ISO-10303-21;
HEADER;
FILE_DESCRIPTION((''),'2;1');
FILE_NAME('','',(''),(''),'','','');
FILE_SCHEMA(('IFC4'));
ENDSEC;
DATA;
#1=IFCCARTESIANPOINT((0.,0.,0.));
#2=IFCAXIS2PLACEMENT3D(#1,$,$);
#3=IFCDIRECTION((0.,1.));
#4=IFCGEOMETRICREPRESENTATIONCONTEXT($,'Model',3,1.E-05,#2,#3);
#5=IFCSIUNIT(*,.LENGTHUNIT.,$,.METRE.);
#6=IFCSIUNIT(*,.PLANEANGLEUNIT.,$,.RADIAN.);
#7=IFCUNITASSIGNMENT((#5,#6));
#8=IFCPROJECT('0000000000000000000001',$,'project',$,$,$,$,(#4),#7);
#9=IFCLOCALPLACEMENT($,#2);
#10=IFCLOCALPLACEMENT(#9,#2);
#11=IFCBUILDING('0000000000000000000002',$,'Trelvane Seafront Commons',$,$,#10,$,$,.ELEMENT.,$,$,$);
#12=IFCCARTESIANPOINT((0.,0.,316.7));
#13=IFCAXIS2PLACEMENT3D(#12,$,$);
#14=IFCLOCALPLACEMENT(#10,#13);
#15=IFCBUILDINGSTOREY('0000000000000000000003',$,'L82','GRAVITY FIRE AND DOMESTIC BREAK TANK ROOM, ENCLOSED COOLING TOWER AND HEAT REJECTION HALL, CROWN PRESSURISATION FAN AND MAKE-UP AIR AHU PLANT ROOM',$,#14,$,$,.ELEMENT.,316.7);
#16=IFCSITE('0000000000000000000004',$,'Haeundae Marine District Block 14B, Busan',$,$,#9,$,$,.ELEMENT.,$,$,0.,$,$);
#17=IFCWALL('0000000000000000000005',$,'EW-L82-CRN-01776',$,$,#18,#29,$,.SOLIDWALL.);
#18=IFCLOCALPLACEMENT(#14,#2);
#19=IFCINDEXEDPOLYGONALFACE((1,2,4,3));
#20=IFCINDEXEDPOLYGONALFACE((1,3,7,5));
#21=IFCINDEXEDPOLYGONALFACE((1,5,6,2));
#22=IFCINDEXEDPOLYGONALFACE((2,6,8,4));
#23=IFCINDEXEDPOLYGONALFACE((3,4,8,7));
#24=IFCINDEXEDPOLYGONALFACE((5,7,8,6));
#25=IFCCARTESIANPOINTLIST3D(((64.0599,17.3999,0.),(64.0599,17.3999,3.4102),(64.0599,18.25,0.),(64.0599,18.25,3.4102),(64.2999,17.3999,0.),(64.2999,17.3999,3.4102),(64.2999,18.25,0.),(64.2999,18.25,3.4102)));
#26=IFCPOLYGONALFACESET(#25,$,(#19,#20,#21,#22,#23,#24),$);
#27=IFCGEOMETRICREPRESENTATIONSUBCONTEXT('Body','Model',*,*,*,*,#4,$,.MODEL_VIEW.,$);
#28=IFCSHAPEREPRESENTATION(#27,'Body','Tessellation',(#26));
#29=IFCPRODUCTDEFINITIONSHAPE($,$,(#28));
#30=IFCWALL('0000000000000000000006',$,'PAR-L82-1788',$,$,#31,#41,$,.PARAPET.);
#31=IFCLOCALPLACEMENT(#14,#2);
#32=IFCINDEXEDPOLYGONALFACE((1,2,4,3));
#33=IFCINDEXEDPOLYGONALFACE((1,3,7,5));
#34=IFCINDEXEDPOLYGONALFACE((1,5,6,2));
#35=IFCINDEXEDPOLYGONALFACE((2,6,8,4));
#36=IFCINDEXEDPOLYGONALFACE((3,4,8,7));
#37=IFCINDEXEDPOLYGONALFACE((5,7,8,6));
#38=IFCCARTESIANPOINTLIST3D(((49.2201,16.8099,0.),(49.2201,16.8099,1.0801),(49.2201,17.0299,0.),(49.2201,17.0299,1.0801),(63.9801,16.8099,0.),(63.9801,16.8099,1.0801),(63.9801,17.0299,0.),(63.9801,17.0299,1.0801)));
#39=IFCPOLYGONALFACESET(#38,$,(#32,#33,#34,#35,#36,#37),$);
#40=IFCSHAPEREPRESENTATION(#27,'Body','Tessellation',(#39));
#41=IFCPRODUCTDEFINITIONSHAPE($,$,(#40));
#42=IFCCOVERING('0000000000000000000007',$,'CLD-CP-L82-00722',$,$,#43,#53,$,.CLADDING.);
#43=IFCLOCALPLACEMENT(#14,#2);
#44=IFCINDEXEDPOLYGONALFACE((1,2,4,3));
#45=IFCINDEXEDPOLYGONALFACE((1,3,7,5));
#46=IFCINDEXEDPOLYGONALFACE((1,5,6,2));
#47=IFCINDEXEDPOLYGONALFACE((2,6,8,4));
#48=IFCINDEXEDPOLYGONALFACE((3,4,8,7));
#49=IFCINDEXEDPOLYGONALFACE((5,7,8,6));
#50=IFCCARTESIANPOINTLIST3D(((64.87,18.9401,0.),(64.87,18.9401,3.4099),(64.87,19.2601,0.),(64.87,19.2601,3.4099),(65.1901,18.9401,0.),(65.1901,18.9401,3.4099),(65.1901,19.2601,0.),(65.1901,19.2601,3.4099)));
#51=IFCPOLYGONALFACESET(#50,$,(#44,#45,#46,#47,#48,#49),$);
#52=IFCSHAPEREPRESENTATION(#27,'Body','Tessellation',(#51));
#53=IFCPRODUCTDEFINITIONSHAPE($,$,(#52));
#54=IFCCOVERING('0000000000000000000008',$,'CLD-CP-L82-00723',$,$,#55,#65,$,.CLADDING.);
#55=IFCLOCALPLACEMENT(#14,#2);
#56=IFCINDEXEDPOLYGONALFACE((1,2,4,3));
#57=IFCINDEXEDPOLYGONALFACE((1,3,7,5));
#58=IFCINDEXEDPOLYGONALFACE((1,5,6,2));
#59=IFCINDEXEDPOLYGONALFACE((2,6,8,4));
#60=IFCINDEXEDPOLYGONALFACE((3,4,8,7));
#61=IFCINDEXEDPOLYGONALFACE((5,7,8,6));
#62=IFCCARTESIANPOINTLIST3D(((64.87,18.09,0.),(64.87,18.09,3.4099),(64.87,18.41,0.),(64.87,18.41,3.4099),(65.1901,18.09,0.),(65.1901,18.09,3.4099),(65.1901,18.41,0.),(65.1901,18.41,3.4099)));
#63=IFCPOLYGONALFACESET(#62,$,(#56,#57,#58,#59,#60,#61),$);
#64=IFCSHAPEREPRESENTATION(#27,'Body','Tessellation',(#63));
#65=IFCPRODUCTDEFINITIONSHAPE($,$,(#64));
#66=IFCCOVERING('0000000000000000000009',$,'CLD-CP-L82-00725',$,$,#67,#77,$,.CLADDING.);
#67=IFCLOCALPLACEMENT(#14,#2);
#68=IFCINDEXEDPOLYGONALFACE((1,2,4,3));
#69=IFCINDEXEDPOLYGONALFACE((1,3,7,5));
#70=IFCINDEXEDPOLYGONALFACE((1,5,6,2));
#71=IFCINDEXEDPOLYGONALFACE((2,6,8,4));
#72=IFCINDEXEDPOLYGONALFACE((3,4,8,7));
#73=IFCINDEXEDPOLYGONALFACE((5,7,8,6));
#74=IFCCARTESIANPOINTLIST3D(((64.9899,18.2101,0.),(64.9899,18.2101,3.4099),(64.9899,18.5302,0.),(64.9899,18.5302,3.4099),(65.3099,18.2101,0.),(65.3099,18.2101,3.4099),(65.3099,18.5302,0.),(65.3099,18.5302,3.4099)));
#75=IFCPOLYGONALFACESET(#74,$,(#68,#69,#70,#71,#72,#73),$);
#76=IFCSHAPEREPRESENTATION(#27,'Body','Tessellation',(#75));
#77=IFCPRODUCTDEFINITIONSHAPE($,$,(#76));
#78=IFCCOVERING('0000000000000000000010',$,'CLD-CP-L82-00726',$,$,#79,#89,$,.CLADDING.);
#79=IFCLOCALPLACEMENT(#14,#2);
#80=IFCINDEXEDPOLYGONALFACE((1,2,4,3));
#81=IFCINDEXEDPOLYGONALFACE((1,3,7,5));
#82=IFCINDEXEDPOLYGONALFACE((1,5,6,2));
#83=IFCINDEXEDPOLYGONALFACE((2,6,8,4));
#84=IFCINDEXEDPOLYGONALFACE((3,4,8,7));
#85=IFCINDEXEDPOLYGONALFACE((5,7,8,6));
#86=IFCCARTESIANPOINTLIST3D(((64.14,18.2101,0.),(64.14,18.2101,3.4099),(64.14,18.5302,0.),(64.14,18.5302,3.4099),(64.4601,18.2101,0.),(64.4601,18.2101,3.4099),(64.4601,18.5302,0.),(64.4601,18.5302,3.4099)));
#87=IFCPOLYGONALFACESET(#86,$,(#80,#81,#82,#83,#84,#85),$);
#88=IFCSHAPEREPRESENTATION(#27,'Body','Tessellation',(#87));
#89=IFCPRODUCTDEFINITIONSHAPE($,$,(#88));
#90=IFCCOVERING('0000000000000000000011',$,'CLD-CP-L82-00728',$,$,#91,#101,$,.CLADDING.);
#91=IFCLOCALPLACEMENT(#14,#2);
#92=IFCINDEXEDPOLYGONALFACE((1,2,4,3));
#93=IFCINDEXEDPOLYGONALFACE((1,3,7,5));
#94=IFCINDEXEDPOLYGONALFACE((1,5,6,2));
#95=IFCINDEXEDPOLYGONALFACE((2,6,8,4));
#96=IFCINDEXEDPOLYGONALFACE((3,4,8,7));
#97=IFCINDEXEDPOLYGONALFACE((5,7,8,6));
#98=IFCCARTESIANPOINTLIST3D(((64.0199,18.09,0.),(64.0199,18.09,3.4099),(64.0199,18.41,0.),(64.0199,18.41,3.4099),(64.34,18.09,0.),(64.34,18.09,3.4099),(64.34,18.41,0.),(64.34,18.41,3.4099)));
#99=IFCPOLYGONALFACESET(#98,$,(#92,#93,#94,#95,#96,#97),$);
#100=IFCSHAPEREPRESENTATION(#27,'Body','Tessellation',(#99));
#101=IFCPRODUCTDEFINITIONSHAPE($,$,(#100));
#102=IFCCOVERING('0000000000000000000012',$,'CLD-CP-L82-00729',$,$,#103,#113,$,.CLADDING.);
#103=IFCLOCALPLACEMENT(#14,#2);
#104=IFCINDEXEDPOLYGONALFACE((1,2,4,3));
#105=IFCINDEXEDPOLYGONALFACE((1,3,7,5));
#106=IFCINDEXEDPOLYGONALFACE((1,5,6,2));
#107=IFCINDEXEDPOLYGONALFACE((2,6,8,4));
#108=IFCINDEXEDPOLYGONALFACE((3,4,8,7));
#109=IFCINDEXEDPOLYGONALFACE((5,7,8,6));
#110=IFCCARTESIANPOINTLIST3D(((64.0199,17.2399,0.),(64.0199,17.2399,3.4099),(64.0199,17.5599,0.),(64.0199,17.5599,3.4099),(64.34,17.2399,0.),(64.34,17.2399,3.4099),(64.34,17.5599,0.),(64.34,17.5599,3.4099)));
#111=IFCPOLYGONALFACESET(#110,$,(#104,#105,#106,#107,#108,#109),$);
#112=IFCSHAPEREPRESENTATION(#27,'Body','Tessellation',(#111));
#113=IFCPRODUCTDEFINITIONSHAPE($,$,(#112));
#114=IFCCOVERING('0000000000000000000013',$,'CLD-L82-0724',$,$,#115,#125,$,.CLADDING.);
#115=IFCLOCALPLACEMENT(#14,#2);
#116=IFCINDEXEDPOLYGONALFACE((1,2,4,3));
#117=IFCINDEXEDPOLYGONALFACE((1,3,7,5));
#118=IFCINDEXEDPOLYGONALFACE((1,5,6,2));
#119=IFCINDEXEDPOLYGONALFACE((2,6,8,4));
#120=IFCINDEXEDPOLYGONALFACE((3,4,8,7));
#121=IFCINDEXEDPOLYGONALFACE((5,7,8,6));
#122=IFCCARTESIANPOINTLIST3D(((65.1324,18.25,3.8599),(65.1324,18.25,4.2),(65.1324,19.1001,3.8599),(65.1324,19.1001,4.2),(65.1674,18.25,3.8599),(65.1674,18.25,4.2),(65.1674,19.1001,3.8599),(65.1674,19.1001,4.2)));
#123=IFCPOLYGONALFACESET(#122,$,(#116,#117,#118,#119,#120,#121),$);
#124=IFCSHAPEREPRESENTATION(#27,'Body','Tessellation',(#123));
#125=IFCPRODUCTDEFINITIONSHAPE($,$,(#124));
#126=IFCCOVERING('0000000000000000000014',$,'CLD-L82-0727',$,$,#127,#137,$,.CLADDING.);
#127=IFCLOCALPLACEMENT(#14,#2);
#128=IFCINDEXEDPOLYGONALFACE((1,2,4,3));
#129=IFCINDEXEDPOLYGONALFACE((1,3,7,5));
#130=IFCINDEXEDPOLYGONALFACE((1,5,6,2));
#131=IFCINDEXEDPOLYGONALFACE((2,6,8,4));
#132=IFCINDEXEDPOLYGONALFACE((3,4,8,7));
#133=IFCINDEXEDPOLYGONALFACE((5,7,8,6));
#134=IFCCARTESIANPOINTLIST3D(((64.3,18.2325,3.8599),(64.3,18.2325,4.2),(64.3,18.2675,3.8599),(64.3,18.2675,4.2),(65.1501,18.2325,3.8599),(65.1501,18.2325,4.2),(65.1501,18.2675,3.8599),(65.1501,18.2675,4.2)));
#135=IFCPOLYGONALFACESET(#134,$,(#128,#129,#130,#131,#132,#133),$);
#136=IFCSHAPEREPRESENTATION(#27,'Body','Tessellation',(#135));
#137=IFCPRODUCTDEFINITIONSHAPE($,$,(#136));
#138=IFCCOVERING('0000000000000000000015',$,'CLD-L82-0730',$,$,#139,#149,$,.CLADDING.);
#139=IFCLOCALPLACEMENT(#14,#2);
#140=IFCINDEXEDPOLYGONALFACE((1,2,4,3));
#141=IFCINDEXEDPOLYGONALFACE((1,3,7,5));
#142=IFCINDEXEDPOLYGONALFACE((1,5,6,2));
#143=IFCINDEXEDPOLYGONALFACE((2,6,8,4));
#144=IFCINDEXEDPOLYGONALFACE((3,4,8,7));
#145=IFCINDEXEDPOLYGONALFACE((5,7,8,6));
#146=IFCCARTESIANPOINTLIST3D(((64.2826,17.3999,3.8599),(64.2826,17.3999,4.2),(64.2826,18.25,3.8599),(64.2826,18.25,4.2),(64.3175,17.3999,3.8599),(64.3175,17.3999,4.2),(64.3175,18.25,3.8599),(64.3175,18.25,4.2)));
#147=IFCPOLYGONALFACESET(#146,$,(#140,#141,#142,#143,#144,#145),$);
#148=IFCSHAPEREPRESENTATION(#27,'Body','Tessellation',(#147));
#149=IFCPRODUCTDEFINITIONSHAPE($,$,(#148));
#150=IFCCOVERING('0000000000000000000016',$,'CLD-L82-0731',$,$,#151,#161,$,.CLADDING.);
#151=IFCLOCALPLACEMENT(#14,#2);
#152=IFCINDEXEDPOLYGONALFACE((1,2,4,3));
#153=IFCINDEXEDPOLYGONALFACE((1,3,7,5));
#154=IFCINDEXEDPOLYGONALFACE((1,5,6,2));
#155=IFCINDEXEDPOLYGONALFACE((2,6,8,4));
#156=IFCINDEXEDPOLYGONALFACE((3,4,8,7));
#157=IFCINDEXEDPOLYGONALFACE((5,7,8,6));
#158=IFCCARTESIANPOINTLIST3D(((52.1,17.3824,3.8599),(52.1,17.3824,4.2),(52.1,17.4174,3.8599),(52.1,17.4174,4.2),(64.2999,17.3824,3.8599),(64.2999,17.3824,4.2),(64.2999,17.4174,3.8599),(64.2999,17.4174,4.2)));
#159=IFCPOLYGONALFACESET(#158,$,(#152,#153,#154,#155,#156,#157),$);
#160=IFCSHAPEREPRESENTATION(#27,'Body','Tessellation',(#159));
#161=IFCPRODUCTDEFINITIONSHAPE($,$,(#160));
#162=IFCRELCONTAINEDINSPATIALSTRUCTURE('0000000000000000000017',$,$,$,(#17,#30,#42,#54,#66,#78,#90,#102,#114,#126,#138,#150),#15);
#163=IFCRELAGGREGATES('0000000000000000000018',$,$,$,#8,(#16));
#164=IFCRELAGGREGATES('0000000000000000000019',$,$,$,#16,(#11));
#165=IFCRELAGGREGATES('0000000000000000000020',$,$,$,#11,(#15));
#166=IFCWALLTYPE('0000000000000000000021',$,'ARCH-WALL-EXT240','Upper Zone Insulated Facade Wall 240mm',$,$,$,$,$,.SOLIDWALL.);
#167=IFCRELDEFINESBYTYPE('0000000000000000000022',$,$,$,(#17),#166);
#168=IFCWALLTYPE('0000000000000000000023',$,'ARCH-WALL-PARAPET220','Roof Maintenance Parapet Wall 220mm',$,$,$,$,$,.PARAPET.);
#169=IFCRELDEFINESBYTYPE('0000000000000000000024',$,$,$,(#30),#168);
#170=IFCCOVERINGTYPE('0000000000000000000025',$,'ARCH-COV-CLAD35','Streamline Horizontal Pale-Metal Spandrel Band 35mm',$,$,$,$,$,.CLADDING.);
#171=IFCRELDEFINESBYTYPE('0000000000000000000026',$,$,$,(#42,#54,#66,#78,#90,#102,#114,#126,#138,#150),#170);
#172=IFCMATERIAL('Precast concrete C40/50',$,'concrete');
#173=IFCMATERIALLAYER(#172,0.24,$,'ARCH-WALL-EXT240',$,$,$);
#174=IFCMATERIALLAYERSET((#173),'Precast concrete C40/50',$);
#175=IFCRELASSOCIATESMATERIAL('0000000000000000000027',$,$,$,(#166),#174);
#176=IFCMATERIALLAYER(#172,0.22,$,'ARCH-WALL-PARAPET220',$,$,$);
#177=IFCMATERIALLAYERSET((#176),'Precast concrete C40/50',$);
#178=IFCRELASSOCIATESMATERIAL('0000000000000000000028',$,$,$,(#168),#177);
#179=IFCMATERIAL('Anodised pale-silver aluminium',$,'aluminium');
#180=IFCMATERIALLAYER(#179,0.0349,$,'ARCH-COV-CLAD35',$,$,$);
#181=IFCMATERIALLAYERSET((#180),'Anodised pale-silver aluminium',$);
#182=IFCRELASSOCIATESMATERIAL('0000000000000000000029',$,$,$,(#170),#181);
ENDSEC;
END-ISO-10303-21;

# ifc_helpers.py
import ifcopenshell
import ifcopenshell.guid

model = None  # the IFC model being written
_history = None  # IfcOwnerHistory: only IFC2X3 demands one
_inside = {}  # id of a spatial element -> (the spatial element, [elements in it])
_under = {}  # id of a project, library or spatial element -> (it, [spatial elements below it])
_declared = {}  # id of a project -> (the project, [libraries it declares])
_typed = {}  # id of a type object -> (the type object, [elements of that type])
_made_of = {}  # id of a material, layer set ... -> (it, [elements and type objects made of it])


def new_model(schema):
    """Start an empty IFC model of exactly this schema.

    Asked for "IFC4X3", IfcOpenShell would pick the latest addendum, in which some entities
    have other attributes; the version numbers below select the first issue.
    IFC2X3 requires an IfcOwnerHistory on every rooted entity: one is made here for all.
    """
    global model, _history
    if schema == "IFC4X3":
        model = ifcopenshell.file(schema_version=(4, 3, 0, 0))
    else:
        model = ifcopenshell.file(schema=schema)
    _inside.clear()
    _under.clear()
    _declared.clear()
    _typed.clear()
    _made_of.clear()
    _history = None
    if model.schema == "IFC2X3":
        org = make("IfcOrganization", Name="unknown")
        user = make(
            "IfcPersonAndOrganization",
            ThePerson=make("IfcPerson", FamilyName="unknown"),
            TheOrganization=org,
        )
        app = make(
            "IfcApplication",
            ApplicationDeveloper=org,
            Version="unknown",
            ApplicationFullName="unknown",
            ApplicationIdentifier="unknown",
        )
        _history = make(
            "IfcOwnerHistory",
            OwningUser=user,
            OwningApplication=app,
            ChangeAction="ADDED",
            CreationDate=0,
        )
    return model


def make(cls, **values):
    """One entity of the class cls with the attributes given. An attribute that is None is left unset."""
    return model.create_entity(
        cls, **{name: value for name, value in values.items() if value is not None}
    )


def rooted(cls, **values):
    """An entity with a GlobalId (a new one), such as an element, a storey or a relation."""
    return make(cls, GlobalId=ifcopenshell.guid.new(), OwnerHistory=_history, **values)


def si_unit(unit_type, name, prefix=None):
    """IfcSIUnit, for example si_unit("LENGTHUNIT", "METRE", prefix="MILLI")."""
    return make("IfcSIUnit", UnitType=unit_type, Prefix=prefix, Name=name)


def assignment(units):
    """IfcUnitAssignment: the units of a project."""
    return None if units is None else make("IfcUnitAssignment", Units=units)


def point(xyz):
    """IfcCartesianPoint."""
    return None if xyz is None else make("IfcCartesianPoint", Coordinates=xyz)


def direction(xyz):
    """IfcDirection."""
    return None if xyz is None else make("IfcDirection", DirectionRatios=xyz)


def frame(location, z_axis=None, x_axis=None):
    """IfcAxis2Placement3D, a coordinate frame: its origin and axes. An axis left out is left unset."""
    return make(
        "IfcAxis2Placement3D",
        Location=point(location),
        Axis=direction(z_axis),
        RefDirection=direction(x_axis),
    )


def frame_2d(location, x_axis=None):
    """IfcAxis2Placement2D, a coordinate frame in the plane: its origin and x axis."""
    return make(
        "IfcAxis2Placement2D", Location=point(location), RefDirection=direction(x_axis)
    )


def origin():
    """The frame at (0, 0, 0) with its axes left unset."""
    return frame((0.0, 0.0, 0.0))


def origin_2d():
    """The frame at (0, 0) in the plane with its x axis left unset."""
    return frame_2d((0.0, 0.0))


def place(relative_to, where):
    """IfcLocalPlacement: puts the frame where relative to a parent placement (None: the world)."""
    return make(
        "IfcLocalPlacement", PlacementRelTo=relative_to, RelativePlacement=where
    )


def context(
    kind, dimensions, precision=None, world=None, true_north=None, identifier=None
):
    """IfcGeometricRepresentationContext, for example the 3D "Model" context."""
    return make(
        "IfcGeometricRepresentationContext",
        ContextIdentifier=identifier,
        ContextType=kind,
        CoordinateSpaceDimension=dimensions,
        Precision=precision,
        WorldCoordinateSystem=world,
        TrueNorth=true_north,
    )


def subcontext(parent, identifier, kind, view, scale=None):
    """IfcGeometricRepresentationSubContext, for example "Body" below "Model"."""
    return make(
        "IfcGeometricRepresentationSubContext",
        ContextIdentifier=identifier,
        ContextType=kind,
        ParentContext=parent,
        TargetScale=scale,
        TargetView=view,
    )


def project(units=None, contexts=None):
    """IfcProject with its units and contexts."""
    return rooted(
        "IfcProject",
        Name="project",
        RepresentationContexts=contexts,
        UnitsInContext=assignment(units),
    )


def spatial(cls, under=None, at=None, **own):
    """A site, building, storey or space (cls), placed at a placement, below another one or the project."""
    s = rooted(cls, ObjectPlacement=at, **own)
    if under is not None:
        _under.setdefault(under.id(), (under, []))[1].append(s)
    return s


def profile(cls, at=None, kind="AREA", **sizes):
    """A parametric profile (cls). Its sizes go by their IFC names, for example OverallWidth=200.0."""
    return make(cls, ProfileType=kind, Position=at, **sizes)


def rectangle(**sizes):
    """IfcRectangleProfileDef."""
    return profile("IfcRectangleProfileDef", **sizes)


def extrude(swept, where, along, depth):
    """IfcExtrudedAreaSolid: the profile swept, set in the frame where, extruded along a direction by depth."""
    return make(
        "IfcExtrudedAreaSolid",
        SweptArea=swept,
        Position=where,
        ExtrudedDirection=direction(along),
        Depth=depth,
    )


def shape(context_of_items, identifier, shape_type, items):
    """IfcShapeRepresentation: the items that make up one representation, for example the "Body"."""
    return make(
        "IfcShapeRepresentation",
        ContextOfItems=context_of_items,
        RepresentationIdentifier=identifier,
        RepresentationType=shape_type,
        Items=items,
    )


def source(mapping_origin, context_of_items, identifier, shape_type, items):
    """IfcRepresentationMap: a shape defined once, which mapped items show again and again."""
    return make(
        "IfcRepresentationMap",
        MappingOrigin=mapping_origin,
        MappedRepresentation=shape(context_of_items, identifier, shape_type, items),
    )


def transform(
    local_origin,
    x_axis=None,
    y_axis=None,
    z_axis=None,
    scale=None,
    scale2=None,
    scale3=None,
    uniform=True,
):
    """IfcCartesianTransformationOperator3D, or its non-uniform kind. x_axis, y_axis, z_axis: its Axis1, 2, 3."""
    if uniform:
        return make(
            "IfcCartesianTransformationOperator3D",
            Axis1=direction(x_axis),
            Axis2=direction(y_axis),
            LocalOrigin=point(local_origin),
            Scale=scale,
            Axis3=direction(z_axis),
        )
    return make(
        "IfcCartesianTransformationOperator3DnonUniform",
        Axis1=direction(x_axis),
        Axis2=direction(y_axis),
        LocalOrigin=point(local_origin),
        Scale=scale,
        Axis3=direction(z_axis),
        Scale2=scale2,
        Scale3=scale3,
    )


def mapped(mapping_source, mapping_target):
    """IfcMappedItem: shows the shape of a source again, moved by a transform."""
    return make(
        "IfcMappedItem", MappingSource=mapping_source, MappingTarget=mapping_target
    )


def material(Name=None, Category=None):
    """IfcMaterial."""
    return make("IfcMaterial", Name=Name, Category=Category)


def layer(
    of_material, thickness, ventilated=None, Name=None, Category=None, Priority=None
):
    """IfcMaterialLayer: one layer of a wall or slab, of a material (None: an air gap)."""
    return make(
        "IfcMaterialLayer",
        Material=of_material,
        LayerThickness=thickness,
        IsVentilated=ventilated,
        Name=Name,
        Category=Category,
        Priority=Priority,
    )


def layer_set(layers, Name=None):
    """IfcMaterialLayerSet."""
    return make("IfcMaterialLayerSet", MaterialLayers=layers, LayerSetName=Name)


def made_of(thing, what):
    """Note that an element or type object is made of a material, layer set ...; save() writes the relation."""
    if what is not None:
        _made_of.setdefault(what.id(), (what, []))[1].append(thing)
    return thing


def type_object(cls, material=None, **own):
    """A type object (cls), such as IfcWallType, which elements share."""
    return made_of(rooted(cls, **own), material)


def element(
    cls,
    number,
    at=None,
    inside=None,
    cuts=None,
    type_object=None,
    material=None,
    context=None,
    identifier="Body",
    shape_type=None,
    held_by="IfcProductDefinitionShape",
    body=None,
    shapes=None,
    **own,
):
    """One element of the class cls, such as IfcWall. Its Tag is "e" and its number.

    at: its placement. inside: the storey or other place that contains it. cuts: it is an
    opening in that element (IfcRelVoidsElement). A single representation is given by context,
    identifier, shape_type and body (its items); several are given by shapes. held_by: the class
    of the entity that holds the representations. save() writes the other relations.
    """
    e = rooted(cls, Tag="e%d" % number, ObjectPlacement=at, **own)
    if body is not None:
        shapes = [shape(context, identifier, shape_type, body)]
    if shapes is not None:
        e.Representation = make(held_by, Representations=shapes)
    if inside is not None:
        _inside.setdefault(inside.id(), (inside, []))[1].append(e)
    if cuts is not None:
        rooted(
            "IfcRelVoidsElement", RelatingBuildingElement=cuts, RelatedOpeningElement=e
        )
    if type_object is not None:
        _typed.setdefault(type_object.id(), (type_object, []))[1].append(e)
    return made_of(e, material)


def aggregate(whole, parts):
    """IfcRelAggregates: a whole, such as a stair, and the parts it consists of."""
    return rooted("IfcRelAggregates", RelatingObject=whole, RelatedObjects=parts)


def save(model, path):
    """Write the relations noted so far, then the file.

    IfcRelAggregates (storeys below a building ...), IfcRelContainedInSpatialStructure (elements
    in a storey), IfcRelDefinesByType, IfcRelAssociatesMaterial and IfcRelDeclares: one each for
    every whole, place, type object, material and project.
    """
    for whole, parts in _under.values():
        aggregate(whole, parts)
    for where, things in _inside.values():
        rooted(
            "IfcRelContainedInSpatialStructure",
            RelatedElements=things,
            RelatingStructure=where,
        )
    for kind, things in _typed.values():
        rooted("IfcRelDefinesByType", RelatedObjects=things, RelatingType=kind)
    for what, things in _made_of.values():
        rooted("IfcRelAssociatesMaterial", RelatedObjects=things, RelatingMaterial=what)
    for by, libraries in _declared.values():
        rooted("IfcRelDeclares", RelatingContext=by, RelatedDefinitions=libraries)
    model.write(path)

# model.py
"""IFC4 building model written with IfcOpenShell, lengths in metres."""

from ifc_helpers import new_model, si_unit, direction, frame, frame_2d, origin, origin_2d, place, context, subcontext, project, spatial, rectangle, extrude, source, transform, mapped, material, layer, layer_set, type_object, element, save


model = new_model("IFC4")

# Units and contexts
model_context = context("Model", 3, precision=1e-05, world=origin(), true_north=direction((0.0, 1.0)))
body_context = subcontext(model_context, "Body", "Model", "MODEL_VIEW")
ifc_project = project(units=[si_unit("LENGTHUNIT", "METRE"), si_unit("PLANEANGLEUNIT", "RADIAN")], contexts=[model_context])

# Site, building, storey
site_placement = place(None, origin())
site = spatial("IfcSite", under=ifc_project, at=site_placement, Name="Haeundae Marine District Block 14B, Busan", CompositionType="ELEMENT", RefElevation=0.0)
building_placement = place(site_placement, origin())
building = spatial("IfcBuilding", under=site, at=building_placement, Name="Trelvane Seafront Commons", CompositionType="ELEMENT")
storey_placement = place(building_placement, frame((0.0, 0.0, 316.7)))
storey = spatial("IfcBuildingStorey", under=building, at=storey_placement, Name="L82", Description="GRAVITY FIRE AND DOMESTIC BREAK TANK ROOM, ENCLOSED COOLING TOWER AND HEAT REJECTION HALL, CROWN PRESSURISATION FAN AND MAKE-UP AIR AHU PLANT ROOM", CompositionType="ELEMENT", Elevation=316.7)

# Shared definitions
ifc_material_1 = material(Name="Anodised pale-silver aluminium", Category="aluminium")

# Walls
ifc_material_2 = material(Name="Precast concrete C40/50", Category="concrete")
ifc_layer_1 = layer(ifc_material_2, 0.24, Name="ARCH-WALL-EXT240")
ifc_layer_set_1 = layer_set([ifc_layer_1], Name="Precast concrete C40/50")
wall_type_1 = type_object("IfcWallType", Name="ARCH-WALL-EXT240", Description="Upper Zone Insulated Facade Wall 240mm", PredefinedType="SOLIDWALL", material=ifc_layer_set_1)
wall_1_placement = place(storey_placement, frame((64.1799, 18.25, 0.0), z_axis=(0.0, 0.0, 1.0), x_axis=(0.0, -1.0, 0.0)))
element("IfcWall", 1, at=wall_1_placement, inside=storey, type_object=wall_type_1, Name="EW-L82-CRN-01776", PredefinedType="SOLIDWALL", context=body_context, shape_type="SweptSolid", body=[
    extrude(rectangle(XDim=0.8501, YDim=0.24, at=frame_2d((0.425, 0.0))), origin(), (0.0, 0.0, 1.0), 3.4102),
])
ifc_layer_2 = layer(ifc_material_2, 0.22, Name="ARCH-WALL-PARAPET220")
ifc_layer_set_2 = layer_set([ifc_layer_2], Name="Precast concrete C40/50")
wall_type_2 = type_object("IfcWallType", Name="ARCH-WALL-PARAPET220", Description="Roof Maintenance Parapet Wall 220mm", PredefinedType="PARAPET", material=ifc_layer_set_2)
wall_2_placement = place(storey_placement, frame((63.98, 16.9199, 0.0), z_axis=(0.0, 0.0, 1.0), x_axis=(-1.0, 0.0, 0.0)))
element("IfcWall", 2, at=wall_2_placement, inside=storey, type_object=wall_type_2, Name="PAR-L82-1788", PredefinedType="PARAPET", context=body_context, shape_type="SweptSolid", body=[
    extrude(rectangle(XDim=14.76, YDim=0.22, at=frame_2d((7.3799, 0.0))), origin(), (0.0, 0.0, 1.0), 1.0801),
])

# Coverings
ifc_layer_3 = layer(ifc_material_1, 0.0349, Name="ARCH-COV-CLAD35")
ifc_layer_set_3 = layer_set([ifc_layer_3], Name="Anodised pale-silver aluminium")
covering_type = type_object("IfcCoveringType", Name="ARCH-COV-CLAD35", Description="Streamline Horizontal Pale-Metal Spandrel Band 35mm", PredefinedType="CLADDING", material=ifc_layer_set_3)
shared_shape_1 = source(origin(), body_context, "Body", "SweptSolid", [
    extrude(rectangle(XDim=0.3201, YDim=0.3201, at=origin_2d()), origin(), (0.0, 0.0, 1.0), 3.4099),
])
for number, where, z_axis, x_axis, name in (
    (3, (65.03, 19.1001, 0.0), (0.0, 0.0, 1.0), (1.0, 0.0, 0.0), "CLD-CP-L82-00722"),
    (4, (65.03, 18.25, 0.0), (0.0, 0.0, 1.0), (1.0, 0.0, 0.0), "CLD-CP-L82-00723"),
    (5, (65.1499, 18.3701, 0.0), (0.0, 0.0, 1.0), (1.0, 0.0, 0.0), "CLD-CP-L82-00725"),
    (6, (64.3, 18.3701, 0.0), (0.0, 0.0, 1.0), (1.0, 0.0, 0.0), "CLD-CP-L82-00726"),
    (7, (64.1799, 18.25, 0.0), (0.0, 0.0, 1.0), (1.0, 0.0, 0.0), "CLD-CP-L82-00728"),
    (8, (64.1799, 17.3999, 0.0), (0.0, 0.0, 1.0), (1.0, 0.0, 0.0), "CLD-CP-L82-00729"),
):
    element("IfcCovering", number, at=place(storey_placement, frame(where, z_axis=z_axis, x_axis=x_axis)), inside=storey, type_object=covering_type, Name=name, PredefinedType="CLADDING", context=body_context, shape_type="MappedRepresentation", body=[
        mapped(shared_shape_1, transform((0.0, 0.0, 0.0), x_axis=(1.0, 0.0, 0.0), y_axis=(0.0, 1.0, 0.0), z_axis=(0.0, 0.0, 1.0), scale=1.0)),
    ])
shared_shape_2 = source(origin(), body_context, "Body", "SweptSolid", [
    extrude(rectangle(XDim=0.8501, YDim=0.0349, at=origin_2d()), origin(), (0.0, 0.0, 1.0), 0.3401),
])
for number, where, z_axis, x_axis, name in (
    (9, (65.1499, 18.675, 3.8599), (0.0, 0.0, 1.0), (0.0, -1.0, 0.0), "CLD-L82-0724"),
    (10, (64.7251, 18.25, 3.8599), (0.0, 0.0, 1.0), (-1.0, 0.0, 0.0), "CLD-L82-0727"),
    (11, (64.3, 17.825, 3.8599), (0.0, 0.0, 1.0), (0.0, -1.0, 0.0), "CLD-L82-0730"),
):
    element("IfcCovering", number, at=place(storey_placement, frame(where, z_axis=z_axis, x_axis=x_axis)), inside=storey, type_object=covering_type, Name=name, PredefinedType="CLADDING", context=body_context, shape_type="MappedRepresentation", body=[
        mapped(shared_shape_2, transform((0.0, 0.0, 0.0), x_axis=(1.0, 0.0, 0.0), y_axis=(0.0, 1.0, 0.0), z_axis=(0.0, 0.0, 1.0), scale=1.0)),
    ])
shared_shape_3 = source(origin(), body_context, "Body", "SweptSolid", [
    extrude(rectangle(XDim=12.2, YDim=0.0349, at=origin_2d()), origin(), (0.0, 0.0, 1.0), 0.3401),
])
covering_placement = place(storey_placement, frame((58.2, 17.3999, 3.8599), z_axis=(0.0, 0.0, 1.0), x_axis=(-1.0, 0.0, 0.0)))
element("IfcCovering", 12, at=covering_placement, inside=storey, type_object=covering_type, Name="CLD-L82-0731", PredefinedType="CLADDING", context=body_context, shape_type="MappedRepresentation", body=[
    mapped(shared_shape_3, transform((0.0, 0.0, 0.0), x_axis=(1.0, 0.0, 0.0), y_axis=(0.0, 1.0, 0.0), z_axis=(0.0, 0.0, 1.0), scale=1.0)),
])

save(model, "model.ifc")
